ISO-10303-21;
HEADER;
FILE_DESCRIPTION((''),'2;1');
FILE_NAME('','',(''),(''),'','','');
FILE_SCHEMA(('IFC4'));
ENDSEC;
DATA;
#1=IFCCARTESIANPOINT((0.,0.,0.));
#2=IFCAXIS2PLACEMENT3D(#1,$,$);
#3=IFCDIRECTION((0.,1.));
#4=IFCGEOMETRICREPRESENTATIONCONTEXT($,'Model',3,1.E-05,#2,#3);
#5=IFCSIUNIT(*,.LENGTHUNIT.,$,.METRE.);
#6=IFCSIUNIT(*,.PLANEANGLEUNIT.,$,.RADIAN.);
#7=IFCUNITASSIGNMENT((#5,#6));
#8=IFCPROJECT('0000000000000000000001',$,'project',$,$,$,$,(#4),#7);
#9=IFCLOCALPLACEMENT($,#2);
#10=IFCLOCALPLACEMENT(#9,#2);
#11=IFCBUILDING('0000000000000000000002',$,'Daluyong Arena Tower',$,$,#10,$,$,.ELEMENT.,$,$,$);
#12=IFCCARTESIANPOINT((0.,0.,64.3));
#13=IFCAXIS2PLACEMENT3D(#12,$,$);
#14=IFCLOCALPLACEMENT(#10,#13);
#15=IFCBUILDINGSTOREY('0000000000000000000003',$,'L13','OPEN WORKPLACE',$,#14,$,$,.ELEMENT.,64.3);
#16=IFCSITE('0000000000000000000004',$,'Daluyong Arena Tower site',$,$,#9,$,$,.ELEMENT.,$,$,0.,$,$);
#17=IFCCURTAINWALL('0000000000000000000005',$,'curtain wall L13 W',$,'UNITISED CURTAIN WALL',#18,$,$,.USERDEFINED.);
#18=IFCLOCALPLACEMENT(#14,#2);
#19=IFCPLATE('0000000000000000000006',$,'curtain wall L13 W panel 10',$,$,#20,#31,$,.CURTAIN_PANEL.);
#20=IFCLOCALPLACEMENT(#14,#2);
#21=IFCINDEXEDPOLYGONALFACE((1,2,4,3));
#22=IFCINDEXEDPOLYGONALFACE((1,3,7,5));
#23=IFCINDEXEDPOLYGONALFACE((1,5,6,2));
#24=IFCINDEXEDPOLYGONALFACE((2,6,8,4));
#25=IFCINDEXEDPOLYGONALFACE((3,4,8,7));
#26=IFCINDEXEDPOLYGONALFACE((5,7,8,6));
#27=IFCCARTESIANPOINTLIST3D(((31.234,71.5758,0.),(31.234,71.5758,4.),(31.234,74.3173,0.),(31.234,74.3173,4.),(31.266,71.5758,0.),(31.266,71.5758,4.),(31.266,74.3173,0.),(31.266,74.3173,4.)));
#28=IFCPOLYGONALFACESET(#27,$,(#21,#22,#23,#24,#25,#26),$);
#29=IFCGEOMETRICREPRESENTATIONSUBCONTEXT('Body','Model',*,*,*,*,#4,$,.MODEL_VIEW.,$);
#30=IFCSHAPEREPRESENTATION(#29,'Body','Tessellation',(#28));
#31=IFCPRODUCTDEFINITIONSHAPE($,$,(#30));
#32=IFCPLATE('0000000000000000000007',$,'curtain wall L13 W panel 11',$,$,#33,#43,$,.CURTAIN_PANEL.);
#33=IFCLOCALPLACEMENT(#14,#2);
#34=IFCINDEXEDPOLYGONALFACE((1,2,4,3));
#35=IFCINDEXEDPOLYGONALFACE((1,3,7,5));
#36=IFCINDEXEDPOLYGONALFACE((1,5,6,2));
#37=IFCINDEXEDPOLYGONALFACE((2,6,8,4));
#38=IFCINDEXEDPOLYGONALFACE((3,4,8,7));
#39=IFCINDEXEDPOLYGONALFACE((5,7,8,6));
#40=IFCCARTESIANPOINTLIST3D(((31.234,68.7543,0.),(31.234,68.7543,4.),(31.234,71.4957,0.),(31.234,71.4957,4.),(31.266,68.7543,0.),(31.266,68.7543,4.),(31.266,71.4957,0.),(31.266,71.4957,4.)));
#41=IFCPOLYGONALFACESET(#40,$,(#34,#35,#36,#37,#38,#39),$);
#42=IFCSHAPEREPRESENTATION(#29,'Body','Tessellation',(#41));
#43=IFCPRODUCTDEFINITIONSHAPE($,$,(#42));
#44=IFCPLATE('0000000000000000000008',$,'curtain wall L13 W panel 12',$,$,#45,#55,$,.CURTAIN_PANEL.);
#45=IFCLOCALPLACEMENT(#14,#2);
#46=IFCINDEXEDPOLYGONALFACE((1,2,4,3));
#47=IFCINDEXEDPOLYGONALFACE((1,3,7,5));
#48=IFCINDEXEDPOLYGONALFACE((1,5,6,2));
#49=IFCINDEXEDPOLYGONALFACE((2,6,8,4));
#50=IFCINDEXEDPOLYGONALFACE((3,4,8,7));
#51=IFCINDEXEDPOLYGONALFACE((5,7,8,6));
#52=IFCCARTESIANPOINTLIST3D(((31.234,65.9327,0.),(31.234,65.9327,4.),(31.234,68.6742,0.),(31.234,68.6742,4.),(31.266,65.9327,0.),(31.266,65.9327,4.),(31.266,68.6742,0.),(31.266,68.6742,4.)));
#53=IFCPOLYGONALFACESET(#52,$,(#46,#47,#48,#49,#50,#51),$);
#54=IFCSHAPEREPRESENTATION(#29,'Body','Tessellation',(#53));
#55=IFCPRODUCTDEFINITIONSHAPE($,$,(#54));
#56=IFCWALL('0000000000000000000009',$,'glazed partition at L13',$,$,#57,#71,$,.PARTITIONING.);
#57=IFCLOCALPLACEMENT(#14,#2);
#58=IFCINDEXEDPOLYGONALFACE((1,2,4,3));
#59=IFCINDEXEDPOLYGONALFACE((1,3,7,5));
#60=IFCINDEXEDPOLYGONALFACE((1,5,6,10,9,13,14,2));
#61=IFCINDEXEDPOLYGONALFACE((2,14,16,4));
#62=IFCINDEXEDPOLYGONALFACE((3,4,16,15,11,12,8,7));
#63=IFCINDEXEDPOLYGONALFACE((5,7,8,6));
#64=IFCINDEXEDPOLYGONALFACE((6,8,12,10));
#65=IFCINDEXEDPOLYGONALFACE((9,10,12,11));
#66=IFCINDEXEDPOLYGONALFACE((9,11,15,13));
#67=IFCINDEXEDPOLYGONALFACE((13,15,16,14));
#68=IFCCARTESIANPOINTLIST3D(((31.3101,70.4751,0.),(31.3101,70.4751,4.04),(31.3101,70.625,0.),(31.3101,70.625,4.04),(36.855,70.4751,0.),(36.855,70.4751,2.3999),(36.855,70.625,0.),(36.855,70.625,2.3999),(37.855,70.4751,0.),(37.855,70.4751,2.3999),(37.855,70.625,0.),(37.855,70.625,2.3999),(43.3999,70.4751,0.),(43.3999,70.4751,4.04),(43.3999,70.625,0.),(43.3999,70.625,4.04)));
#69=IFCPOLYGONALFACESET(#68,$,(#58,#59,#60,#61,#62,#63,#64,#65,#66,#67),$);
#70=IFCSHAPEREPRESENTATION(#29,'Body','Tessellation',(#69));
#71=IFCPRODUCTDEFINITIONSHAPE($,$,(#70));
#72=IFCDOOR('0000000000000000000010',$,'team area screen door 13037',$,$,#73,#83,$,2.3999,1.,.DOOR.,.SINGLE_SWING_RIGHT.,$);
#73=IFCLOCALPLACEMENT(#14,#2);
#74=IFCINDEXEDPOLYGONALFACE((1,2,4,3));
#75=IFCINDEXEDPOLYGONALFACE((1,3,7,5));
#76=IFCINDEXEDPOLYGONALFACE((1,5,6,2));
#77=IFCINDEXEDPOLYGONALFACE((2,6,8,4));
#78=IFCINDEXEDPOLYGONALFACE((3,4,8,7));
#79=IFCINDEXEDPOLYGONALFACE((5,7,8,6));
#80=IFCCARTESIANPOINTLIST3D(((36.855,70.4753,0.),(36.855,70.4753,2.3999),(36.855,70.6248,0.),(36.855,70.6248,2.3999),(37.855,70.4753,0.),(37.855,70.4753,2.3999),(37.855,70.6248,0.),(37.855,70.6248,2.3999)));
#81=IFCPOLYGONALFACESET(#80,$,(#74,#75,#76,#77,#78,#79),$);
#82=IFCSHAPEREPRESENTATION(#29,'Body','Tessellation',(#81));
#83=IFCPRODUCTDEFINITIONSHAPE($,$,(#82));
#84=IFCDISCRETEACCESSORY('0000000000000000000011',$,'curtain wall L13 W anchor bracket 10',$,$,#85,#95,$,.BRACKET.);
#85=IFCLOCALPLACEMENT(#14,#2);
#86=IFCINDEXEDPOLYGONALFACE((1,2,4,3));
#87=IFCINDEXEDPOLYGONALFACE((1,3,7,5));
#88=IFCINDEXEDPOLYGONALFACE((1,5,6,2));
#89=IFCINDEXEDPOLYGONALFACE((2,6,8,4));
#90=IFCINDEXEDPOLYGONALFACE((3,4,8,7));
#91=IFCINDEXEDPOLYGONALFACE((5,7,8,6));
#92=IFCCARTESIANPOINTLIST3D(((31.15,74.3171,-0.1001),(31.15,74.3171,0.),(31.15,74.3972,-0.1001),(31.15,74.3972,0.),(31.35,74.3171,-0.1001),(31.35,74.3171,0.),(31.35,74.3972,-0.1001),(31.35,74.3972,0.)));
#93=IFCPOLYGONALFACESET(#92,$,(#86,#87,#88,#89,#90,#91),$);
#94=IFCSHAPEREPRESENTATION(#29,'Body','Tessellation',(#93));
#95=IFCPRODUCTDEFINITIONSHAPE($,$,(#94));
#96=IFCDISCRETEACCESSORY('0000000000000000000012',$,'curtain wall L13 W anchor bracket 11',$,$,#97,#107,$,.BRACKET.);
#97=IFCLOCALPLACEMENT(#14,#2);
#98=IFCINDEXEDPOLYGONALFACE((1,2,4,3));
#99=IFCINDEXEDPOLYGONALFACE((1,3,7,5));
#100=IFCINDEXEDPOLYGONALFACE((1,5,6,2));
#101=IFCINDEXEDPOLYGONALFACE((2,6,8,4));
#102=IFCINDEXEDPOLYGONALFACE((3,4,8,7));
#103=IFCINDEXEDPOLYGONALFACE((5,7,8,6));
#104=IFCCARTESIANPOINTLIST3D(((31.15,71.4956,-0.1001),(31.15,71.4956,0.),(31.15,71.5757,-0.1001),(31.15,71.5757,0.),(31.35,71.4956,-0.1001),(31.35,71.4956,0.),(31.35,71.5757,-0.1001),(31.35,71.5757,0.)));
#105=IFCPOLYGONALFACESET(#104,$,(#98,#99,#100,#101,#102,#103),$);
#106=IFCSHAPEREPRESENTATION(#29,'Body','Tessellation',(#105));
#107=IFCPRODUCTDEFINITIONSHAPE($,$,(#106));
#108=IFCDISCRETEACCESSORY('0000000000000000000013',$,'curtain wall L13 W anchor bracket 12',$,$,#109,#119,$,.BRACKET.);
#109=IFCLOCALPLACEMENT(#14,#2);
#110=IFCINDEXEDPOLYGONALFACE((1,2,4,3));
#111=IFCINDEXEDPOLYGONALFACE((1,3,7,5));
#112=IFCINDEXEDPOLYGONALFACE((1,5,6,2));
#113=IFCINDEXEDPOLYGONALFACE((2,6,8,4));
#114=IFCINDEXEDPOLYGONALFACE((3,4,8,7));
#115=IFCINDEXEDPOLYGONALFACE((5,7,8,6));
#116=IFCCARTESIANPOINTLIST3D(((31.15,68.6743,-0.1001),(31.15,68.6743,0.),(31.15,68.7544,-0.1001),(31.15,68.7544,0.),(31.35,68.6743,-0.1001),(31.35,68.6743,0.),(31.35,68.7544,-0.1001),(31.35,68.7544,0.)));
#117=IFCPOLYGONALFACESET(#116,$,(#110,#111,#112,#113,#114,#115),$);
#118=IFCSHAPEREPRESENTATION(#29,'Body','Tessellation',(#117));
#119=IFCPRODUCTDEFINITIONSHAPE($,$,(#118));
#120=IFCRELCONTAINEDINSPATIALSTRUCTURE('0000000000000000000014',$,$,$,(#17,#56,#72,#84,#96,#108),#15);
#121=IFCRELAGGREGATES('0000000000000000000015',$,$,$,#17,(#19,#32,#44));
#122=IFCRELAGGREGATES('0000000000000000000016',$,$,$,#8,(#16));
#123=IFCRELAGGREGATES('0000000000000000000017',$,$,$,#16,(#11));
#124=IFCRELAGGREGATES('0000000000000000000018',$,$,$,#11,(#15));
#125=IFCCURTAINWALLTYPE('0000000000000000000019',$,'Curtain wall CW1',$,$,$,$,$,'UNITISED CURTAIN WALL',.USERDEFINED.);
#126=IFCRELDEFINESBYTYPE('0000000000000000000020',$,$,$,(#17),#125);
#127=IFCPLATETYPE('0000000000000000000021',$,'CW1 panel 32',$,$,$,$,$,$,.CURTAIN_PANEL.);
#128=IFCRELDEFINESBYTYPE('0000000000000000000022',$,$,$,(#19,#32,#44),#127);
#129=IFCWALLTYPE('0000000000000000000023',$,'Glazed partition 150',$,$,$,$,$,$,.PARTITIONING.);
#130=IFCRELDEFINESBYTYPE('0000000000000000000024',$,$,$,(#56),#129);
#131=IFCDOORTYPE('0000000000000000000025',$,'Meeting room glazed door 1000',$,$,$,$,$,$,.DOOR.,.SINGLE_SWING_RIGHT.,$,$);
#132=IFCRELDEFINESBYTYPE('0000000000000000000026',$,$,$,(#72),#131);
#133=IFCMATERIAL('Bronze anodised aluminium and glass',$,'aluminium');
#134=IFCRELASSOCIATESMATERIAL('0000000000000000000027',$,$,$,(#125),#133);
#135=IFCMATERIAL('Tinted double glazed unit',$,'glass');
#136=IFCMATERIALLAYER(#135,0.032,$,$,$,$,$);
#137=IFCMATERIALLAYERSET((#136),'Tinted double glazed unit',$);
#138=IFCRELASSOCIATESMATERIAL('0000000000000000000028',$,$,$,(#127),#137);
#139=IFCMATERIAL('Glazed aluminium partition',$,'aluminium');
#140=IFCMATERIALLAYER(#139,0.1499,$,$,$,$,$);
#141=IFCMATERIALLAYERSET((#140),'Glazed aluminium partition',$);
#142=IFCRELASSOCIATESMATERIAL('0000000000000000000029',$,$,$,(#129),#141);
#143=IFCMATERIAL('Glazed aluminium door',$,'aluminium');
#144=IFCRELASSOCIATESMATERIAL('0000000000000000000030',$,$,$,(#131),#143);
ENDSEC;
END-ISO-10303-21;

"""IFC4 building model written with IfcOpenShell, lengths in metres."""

from ifc_helpers import new_model, si_unit, direction, frame, frame_2d, origin, origin_2d, place, context, subcontext, project, spatial, rectangle, extrude, material, layer, layer_set, type_object, element, fill, aggregate, save


model = new_model("IFC4")

# Units and contexts
model_context = context("Model", 3, precision=1e-05, world=origin(), true_north=direction((0.0, 1.0)))
body_context = subcontext(model_context, "Body", "Model", "MODEL_VIEW")
ifc_project = project(units=[si_unit("LENGTHUNIT", "METRE"), si_unit("PLANEANGLEUNIT", "RADIAN")], contexts=[model_context])

# Site, building, storey
site_placement = place(None, origin())
site = spatial("IfcSite", under=ifc_project, at=site_placement, Name="Daluyong Arena Tower site", CompositionType="ELEMENT", RefElevation=0.0)
building_placement = place(site_placement, origin())
building = spatial("IfcBuilding", under=site, at=building_placement, Name="Daluyong Arena Tower", CompositionType="ELEMENT")
storey_placement = place(building_placement, frame((0.0, 0.0, 64.3)))
storey = spatial("IfcBuildingStorey", under=building, at=storey_placement, Name="L13", Description="OPEN WORKPLACE", CompositionType="ELEMENT", Elevation=64.3)

# Curtain wall
ifc_material_1 = material(Name="Bronze anodised aluminium and glass", Category="aluminium")
curtain_wall_type = type_object("IfcCurtainWallType", Name="Curtain wall CW1", ElementType="UNITISED CURTAIN WALL", PredefinedType="USERDEFINED", material=ifc_material_1)
curtain_wall_placement = place(storey_placement, origin())
curtain_wall = element("IfcCurtainWall", 1, at=curtain_wall_placement, inside=storey, type_object=curtain_wall_type, Name="curtain wall L13 W", ObjectType="UNITISED CURTAIN WALL", PredefinedType="USERDEFINED")

# Plates
ifc_material_2 = material(Name="Tinted double glazed unit", Category="glass")
ifc_layer_1 = layer(ifc_material_2, 0.032)
ifc_layer_set_1 = layer_set([ifc_layer_1], Name="Tinted double glazed unit")
plate_type = type_object("IfcPlateType", Name="CW1 panel 32", PredefinedType="CURTAIN_PANEL", material=ifc_layer_set_1)
plate_1_placement = place(storey_placement, frame((31.25, 72.9465, 0.0), z_axis=(0.0, 0.0, 1.0), x_axis=(0.0, -1.0, 0.0)))
plate_1 = element("IfcPlate", 2, at=plate_1_placement, type_object=plate_type, Name="curtain wall L13 W panel 10", PredefinedType="CURTAIN_PANEL", context=body_context, shape_type="SweptSolid", body=[
    extrude(rectangle(XDim=2.7415, YDim=0.032, at=origin_2d()), origin(), (0.0, 0.0, 1.0), 4.0),
])
plate_2_placement = place(storey_placement, frame((31.25, 70.125, 0.0), z_axis=(0.0, 0.0, 1.0), x_axis=(0.0, -1.0, 0.0)))
plate_2 = element("IfcPlate", 3, at=plate_2_placement, type_object=plate_type, Name="curtain wall L13 W panel 11", PredefinedType="CURTAIN_PANEL", context=body_context, shape_type="SweptSolid", body=[
    extrude(rectangle(XDim=2.7415, YDim=0.032, at=origin_2d()), origin(), (0.0, 0.0, 1.0), 4.0),
])
plate_3_placement = place(storey_placement, frame((31.25, 67.3035, 0.0), z_axis=(0.0, 0.0, 1.0), x_axis=(0.0, -1.0, 0.0)))
plate_3 = element("IfcPlate", 4, at=plate_3_placement, type_object=plate_type, Name="curtain wall L13 W panel 12", PredefinedType="CURTAIN_PANEL", context=body_context, shape_type="SweptSolid", body=[
    extrude(rectangle(XDim=2.7415, YDim=0.032, at=origin_2d()), origin(), (0.0, 0.0, 1.0), 4.0),
])
aggregate(curtain_wall, [plate_1, plate_2, plate_3])

# Wall, opening, door
ifc_material_3 = material(Name="Glazed aluminium partition", Category="aluminium")
ifc_layer_2 = layer(ifc_material_3, 0.1499)
ifc_layer_set_2 = layer_set([ifc_layer_2], Name="Glazed aluminium partition")
wall_type = type_object("IfcWallType", Name="Glazed partition 150", PredefinedType="PARTITIONING", material=ifc_layer_set_2)
wall_placement = place(storey_placement, frame((31.3101, 70.55, 0.0), z_axis=(0.0, 0.0, 1.0), x_axis=(1.0, 0.0, 0.0)))
wall = element("IfcWall", 5, at=wall_placement, inside=storey, type_object=wall_type, Name="glazed partition at L13", PredefinedType="PARTITIONING", context=body_context, shape_type="SweptSolid", body=[
    extrude(rectangle(XDim=12.0898, YDim=0.1499, at=frame_2d((6.0449, 0.0))), origin(), (0.0, 0.0, 1.0), 4.04),
])
opening_placement = place(wall_placement, frame((5.5449, 0.0, 0.0)))
opening = element("IfcOpeningElement", 6, at=opening_placement, cuts=wall, PredefinedType="OPENING", context=body_context, shape_type="SweptSolid", body=[
    extrude(rectangle(XDim=1.0, YDim=2.3999, at=frame_2d((0.5, 1.2))), frame((0.0, 0.085, 0.0), z_axis=(0.0, -1.0, 0.0), x_axis=(1.0, 0.0, 0.0)), (0.0, 0.0, 1.0), 0.1699),
])
ifc_material_4 = material(Name="Glazed aluminium door", Category="aluminium")
door_type = type_object("IfcDoorType", Name="Meeting room glazed door 1000", OperationType="SINGLE_SWING_RIGHT", PredefinedType="DOOR", material=ifc_material_4)
door_placement = place(opening_placement, origin())
door = element("IfcDoor", 7, at=door_placement, inside=storey, type_object=door_type, Name="team area screen door 13037", OperationType="SINGLE_SWING_RIGHT", OverallHeight=2.3999, OverallWidth=1.0, PredefinedType="DOOR", context=body_context, shape_type="SweptSolid", body=[
    extrude(rectangle(XDim=1.0, YDim=2.3999, at=frame_2d((0.5, 1.2))), frame((0.0, 0.0747, 0.0), z_axis=(0.0, -1.0, 0.0), x_axis=(1.0, 0.0, 0.0)), (0.0, 0.0, 1.0), 0.1494),
])
fill(opening, door)

# Discrete accessories
for number, where, z_axis, x_axis, name in (
    (8, (31.25, 74.3572, -0.1001), (0.0, 0.0, 1.0), (0.0, -1.0, 0.0), "curtain wall L13 W anchor bracket 10"),
    (9, (31.25, 71.5356, -0.1001), (0.0, 0.0, 1.0), (0.0, -1.0, 0.0), "curtain wall L13 W anchor bracket 11"),
    (10, (31.25, 68.7144, -0.1001), (0.0, 0.0, 1.0), (0.0, -1.0, 0.0), "curtain wall L13 W anchor bracket 12"),
):
    element("IfcDiscreteAccessory", number, at=place(storey_placement, frame(where, z_axis=z_axis, x_axis=x_axis)), inside=storey, Name=name, PredefinedType="BRACKET", context=body_context, shape_type="SweptSolid", body=[
        extrude(rectangle(XDim=0.0801, YDim=0.2, at=origin_2d()), origin(), (0.0, 0.0, 1.0), 0.1001),
    ])

save(model, "model.ifc")
